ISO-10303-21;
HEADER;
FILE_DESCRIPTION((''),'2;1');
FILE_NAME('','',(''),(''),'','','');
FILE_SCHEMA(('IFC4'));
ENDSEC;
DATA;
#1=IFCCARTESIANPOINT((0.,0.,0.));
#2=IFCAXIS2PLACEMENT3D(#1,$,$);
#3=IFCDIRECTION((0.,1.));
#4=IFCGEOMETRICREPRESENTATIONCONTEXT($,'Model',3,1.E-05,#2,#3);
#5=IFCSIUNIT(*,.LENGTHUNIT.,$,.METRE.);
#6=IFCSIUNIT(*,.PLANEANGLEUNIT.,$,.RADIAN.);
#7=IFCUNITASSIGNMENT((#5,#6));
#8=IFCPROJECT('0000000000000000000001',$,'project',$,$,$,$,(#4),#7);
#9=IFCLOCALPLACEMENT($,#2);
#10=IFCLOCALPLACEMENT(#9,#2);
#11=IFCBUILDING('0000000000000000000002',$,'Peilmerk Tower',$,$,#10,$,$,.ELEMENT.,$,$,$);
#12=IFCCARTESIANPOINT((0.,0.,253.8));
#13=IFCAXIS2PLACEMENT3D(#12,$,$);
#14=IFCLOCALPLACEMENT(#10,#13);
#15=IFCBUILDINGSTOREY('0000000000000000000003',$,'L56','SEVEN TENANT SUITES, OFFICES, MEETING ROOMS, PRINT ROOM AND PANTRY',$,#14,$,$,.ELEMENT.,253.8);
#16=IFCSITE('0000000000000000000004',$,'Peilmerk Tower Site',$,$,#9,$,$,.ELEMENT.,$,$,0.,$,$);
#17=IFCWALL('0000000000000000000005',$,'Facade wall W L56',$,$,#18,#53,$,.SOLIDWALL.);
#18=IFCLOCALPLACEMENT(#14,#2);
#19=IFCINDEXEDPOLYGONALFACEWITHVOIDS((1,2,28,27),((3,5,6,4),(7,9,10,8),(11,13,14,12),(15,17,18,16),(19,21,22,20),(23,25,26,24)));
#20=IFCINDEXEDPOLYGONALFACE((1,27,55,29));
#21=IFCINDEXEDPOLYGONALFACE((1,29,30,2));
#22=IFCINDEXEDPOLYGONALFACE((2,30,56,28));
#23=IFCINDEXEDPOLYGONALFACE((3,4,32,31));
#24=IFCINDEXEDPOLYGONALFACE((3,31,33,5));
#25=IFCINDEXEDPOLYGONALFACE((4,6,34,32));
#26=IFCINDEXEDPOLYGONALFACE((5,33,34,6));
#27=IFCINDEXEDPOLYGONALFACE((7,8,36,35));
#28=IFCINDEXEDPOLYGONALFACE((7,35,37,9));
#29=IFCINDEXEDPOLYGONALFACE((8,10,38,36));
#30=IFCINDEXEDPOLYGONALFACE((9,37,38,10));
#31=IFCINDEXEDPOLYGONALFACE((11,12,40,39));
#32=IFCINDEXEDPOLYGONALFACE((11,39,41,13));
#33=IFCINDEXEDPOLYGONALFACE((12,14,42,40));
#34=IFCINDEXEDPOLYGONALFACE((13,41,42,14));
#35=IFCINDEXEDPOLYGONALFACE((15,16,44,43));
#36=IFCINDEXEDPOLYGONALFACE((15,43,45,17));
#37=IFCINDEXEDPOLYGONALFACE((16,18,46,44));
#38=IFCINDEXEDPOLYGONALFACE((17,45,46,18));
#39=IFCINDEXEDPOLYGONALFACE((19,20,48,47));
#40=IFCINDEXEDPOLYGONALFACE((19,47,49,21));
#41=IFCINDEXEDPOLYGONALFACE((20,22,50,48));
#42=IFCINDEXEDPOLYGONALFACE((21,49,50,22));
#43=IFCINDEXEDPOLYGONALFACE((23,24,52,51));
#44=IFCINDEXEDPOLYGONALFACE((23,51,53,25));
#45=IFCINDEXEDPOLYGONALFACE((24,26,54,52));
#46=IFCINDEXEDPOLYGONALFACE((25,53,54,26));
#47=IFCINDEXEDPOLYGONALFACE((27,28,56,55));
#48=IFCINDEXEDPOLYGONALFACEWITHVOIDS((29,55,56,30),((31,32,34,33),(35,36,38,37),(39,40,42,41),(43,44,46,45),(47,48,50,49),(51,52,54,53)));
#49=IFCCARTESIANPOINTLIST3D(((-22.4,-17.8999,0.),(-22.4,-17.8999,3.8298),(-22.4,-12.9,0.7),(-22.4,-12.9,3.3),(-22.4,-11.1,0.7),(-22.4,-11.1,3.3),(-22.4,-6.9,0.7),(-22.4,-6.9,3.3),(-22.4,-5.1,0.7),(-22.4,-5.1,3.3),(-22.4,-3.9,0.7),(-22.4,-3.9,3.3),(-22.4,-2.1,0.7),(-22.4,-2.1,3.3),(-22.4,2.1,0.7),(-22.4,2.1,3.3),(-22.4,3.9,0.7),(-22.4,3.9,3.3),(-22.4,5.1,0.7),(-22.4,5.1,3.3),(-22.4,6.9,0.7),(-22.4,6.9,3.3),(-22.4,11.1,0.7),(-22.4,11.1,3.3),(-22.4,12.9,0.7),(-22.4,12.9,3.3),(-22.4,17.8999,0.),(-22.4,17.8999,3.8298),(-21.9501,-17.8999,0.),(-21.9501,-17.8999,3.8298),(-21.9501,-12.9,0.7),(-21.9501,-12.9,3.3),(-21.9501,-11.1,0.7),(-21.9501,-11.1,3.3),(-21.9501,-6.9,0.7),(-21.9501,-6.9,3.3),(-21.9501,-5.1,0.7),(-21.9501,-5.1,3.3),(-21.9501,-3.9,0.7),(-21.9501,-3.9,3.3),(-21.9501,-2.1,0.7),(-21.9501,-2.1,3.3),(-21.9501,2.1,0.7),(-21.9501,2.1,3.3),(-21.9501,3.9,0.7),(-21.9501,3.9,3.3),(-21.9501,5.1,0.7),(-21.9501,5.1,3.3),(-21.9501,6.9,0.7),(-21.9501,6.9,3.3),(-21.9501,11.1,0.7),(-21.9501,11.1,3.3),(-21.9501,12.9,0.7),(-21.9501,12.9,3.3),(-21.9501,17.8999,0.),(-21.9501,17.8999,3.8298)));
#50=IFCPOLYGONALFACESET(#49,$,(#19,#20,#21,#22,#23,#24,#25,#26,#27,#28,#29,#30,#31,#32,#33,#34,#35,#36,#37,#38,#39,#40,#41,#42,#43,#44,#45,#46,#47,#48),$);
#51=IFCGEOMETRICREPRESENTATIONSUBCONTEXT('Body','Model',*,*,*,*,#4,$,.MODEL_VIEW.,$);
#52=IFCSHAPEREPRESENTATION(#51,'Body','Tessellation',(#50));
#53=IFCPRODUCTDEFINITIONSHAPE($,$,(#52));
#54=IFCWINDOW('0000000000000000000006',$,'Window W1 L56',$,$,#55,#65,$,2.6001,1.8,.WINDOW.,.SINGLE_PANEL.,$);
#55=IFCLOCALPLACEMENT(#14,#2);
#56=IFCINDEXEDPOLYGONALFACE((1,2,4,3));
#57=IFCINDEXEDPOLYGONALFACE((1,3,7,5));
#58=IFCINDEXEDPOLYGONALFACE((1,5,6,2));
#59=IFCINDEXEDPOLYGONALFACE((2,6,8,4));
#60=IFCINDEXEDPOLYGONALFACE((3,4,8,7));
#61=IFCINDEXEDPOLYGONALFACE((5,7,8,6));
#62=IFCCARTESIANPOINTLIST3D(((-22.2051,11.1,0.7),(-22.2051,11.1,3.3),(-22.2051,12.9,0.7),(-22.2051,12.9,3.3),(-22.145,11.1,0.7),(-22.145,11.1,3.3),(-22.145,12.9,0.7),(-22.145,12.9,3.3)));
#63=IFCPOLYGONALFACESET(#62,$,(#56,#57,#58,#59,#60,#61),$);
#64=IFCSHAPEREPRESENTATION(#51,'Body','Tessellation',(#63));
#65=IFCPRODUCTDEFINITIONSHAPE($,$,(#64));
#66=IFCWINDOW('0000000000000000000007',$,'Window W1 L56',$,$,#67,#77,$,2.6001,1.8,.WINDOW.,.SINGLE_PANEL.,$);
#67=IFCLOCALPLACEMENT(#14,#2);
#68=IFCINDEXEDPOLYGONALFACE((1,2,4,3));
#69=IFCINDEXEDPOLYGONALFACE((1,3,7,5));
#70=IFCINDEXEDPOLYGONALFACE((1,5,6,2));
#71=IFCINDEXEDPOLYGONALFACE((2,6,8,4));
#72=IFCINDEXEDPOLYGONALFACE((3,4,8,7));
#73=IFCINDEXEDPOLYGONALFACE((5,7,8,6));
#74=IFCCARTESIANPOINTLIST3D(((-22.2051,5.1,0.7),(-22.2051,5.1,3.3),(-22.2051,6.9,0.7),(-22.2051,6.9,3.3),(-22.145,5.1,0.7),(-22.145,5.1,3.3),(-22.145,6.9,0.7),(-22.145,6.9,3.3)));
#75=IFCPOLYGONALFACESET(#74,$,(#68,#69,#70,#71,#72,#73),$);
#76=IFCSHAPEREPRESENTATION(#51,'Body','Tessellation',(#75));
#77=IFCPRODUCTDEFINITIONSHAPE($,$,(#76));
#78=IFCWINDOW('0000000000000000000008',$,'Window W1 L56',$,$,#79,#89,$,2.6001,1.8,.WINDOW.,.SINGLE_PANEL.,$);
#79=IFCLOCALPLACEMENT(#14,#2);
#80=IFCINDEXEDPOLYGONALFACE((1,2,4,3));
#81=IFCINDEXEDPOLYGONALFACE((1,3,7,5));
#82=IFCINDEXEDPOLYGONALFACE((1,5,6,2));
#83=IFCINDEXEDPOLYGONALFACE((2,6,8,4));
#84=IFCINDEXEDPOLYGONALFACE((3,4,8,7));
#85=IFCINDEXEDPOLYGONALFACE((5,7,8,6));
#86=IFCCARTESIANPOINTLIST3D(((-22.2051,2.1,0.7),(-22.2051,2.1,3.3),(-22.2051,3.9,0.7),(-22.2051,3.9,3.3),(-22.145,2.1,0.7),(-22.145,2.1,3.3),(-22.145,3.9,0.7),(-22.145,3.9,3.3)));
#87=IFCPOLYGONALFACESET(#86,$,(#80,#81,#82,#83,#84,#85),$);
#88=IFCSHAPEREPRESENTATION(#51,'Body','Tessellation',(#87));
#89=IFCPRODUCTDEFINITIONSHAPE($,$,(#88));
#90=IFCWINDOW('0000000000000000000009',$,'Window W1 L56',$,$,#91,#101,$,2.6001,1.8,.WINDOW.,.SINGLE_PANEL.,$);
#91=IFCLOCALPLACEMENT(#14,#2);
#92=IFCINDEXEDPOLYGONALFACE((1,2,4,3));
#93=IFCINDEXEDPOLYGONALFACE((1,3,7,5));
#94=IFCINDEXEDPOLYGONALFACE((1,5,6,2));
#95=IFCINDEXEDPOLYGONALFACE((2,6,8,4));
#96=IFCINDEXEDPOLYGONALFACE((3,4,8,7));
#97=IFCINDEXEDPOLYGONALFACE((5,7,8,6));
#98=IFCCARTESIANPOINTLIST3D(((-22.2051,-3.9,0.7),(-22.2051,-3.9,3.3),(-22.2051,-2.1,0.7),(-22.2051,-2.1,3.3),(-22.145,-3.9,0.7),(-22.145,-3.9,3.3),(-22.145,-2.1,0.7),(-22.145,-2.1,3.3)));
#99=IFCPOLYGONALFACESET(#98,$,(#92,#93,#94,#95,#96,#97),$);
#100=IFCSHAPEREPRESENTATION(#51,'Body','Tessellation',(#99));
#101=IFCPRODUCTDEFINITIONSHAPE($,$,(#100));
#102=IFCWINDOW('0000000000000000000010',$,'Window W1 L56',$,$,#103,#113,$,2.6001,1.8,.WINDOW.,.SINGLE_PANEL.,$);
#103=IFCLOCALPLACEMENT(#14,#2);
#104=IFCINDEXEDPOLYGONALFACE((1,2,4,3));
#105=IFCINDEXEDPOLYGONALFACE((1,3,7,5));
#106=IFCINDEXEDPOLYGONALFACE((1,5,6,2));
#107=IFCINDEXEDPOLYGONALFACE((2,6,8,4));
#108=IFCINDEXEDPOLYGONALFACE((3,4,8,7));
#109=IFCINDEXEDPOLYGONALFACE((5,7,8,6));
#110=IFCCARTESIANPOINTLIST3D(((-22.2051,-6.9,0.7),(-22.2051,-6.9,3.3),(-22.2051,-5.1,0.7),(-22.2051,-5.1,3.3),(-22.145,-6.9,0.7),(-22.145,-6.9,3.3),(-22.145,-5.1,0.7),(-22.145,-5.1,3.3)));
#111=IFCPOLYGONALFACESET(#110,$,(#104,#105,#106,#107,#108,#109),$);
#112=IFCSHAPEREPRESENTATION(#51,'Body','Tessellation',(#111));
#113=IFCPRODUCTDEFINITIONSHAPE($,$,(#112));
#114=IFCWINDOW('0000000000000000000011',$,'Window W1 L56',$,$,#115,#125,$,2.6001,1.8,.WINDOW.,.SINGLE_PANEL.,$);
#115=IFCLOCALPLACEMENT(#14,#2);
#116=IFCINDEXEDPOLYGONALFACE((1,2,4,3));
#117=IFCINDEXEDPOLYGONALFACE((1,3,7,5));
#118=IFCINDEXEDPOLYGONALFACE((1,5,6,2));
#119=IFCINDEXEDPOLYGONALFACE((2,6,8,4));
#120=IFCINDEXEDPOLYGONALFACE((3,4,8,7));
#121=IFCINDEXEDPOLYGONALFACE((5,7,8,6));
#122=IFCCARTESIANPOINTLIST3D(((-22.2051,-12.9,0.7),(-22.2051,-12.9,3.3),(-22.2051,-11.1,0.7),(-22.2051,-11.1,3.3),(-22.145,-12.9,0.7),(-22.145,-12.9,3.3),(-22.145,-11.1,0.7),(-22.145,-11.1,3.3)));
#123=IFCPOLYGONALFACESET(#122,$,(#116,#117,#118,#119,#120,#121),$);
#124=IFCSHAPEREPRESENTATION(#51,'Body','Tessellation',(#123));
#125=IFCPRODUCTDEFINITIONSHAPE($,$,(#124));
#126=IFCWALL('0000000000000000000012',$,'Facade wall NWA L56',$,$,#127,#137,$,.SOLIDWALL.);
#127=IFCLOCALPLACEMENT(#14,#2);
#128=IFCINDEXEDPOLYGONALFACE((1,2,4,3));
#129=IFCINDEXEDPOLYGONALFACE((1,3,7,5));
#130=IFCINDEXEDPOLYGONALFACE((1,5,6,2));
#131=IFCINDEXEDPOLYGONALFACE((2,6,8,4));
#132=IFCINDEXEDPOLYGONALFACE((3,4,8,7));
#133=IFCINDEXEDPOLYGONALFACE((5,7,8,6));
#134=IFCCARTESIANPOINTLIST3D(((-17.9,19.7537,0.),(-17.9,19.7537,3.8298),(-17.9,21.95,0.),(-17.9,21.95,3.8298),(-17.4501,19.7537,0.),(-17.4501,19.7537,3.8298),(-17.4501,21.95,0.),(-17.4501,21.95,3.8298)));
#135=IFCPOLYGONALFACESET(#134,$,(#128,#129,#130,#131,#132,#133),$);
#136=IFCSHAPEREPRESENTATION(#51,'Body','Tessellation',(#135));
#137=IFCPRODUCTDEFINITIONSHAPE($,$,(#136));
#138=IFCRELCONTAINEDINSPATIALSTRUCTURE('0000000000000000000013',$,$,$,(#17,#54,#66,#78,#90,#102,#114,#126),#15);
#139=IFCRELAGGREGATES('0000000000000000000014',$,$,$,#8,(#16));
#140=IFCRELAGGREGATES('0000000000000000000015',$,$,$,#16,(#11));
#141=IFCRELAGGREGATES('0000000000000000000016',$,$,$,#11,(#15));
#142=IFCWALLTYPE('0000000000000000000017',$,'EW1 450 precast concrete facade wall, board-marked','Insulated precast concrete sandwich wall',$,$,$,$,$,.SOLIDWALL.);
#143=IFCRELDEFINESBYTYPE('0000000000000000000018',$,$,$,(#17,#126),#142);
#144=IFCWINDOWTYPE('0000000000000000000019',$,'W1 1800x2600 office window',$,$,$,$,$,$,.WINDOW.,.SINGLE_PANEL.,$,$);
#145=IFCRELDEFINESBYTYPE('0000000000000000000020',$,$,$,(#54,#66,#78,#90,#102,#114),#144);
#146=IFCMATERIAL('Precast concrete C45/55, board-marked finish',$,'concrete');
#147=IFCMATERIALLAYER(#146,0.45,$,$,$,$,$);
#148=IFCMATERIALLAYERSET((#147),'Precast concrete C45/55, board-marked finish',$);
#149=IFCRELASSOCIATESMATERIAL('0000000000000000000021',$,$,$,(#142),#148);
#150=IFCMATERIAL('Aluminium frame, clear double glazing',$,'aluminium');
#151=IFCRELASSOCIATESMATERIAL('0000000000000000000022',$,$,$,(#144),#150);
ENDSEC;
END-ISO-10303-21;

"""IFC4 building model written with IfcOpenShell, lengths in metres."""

from ifc_helpers import new_model, si_unit, direction, frame, frame_2d, origin, place, context, subcontext, project, spatial, rectangle, extrude, material, layer, layer_set, type_object, element, fill, save


model = new_model("IFC4")

# Units and contexts
model_context = context("Model", 3, precision=1e-05, world=origin(), true_north=direction((0.0, 1.0)))
body_context = subcontext(model_context, "Body", "Model", "MODEL_VIEW")
ifc_project = project(units=[si_unit("LENGTHUNIT", "METRE"), si_unit("PLANEANGLEUNIT", "RADIAN")], contexts=[model_context])

# Site, building, storey
site_placement = place(None, origin())
site = spatial("IfcSite", under=ifc_project, at=site_placement, Name="Peilmerk Tower Site", CompositionType="ELEMENT", RefElevation=0.0)
building_placement = place(site_placement, origin())
building = spatial("IfcBuilding", under=site, at=building_placement, Name="Peilmerk Tower", CompositionType="ELEMENT")
storey_placement = place(building_placement, frame((0.0, 0.0, 253.8)))
storey = spatial("IfcBuildingStorey", under=building, at=storey_placement, Name="L56", Description="SEVEN TENANT SUITES, OFFICES, MEETING ROOMS, PRINT ROOM AND PANTRY", CompositionType="ELEMENT", Elevation=253.8)

# Wall, openings, windows
ifc_material_1 = material(Name="Precast concrete C45/55, board-marked finish", Category="concrete")
ifc_layer_1 = layer(ifc_material_1, 0.45)
ifc_layer_set_1 = layer_set([ifc_layer_1], Name="Precast concrete C45/55, board-marked finish")
wall_type = type_object("IfcWallType", Name="EW1 450 precast concrete facade wall, board-marked", Description="Insulated precast concrete sandwich wall", PredefinedType="SOLIDWALL", material=ifc_layer_set_1)
wall_1_placement = place(storey_placement, frame((-22.175, 17.8999, 0.0), z_axis=(0.0, 0.0, 1.0), x_axis=(0.0, -1.0, 0.0)))
wall_1 = element("IfcWall", 1, at=wall_1_placement, inside=storey, type_object=wall_type, Name="Facade wall W L56", PredefinedType="SOLIDWALL", context=body_context, shape_type="SweptSolid", body=[
    extrude(rectangle(XDim=35.7998, YDim=0.45, at=frame_2d((17.8999, 0.0))), origin(), (0.0, 0.0, 1.0), 3.8298),
])
opening_1_placement = place(wall_1_placement, frame((5.0, 0.0, 0.7)))
opening_1 = element("IfcOpeningElement", 2, at=opening_1_placement, cuts=wall_1, PredefinedType="OPENING", context=body_context, shape_type="SweptSolid", body=[
    extrude(rectangle(XDim=1.8, YDim=2.6001, at=frame_2d((0.8999, 1.3))), frame((0.0, 0.2349, 0.0), z_axis=(0.0, -1.0, 0.0), x_axis=(1.0, 0.0, 0.0)), (0.0, 0.0, 1.0), 0.47),
])
opening_2_placement = place(wall_1_placement, frame((11.0, 0.0, 0.7)))
opening_2 = element("IfcOpeningElement", 3, at=opening_2_placement, cuts=wall_1, PredefinedType="OPENING", context=body_context, shape_type="SweptSolid", body=[
    extrude(rectangle(XDim=1.8, YDim=2.6001, at=frame_2d((0.8999, 1.3))), frame((0.0, 0.2349, 0.0), z_axis=(0.0, -1.0, 0.0), x_axis=(1.0, 0.0, 0.0)), (0.0, 0.0, 1.0), 0.47),
])
opening_3_placement = place(wall_1_placement, frame((14.0, 0.0, 0.7)))
opening_3 = element("IfcOpeningElement", 4, at=opening_3_placement, cuts=wall_1, PredefinedType="OPENING", context=body_context, shape_type="SweptSolid", body=[
    extrude(rectangle(XDim=1.8, YDim=2.6001, at=frame_2d((0.8999, 1.3))), frame((0.0, 0.2349, 0.0), z_axis=(0.0, -1.0, 0.0), x_axis=(1.0, 0.0, 0.0)), (0.0, 0.0, 1.0), 0.47),
])
opening_4_placement = place(wall_1_placement, frame((20.0, 0.0, 0.7)))
opening_4 = element("IfcOpeningElement", 5, at=opening_4_placement, cuts=wall_1, PredefinedType="OPENING", context=body_context, shape_type="SweptSolid", body=[
    extrude(rectangle(XDim=1.8, YDim=2.6001, at=frame_2d((0.8999, 1.3))), frame((0.0, 0.2349, 0.0), z_axis=(0.0, -1.0, 0.0), x_axis=(1.0, 0.0, 0.0)), (0.0, 0.0, 1.0), 0.47),
])
opening_5_placement = place(wall_1_placement, frame((23.0, 0.0, 0.7)))
opening_5 = element("IfcOpeningElement", 6, at=opening_5_placement, cuts=wall_1, PredefinedType="OPENING", context=body_context, shape_type="SweptSolid", body=[
    extrude(rectangle(XDim=1.8, YDim=2.6001, at=frame_2d((0.8999, 1.3))), frame((0.0, 0.2349, 0.0), z_axis=(0.0, -1.0, 0.0), x_axis=(1.0, 0.0, 0.0)), (0.0, 0.0, 1.0), 0.47),
])
opening_6_placement = place(wall_1_placement, frame((29.0, 0.0, 0.7)))
opening_6 = element("IfcOpeningElement", 7, at=opening_6_placement, cuts=wall_1, PredefinedType="OPENING", context=body_context, shape_type="SweptSolid", body=[
    extrude(rectangle(XDim=1.8, YDim=2.6001, at=frame_2d((0.8999, 1.3))), frame((0.0, 0.2349, 0.0), z_axis=(0.0, -1.0, 0.0), x_axis=(1.0, 0.0, 0.0)), (0.0, 0.0, 1.0), 0.47),
])
ifc_material_2 = material(Name="Aluminium frame, clear double glazing", Category="aluminium")
window_type = type_object("IfcWindowType", Name="W1 1800x2600 office window", PartitioningType="SINGLE_PANEL", PredefinedType="WINDOW", material=ifc_material_2)
window_1_placement = place(opening_1_placement, origin())
window_1 = element("IfcWindow", 8, at=window_1_placement, inside=storey, type_object=window_type, Name="Window W1 L56", OverallHeight=2.6001, OverallWidth=1.8, PartitioningType="SINGLE_PANEL", PredefinedType="WINDOW", context=body_context, shape_type="SweptSolid", body=[
    extrude(rectangle(XDim=1.8, YDim=2.6001, at=frame_2d((0.8999, 1.3))), frame((0.0, 0.03, 0.0), z_axis=(0.0, -1.0, 0.0), x_axis=(1.0, 0.0, 0.0)), (0.0, 0.0, 1.0), 0.0601),
])
fill(opening_1, window_1)
window_2_placement = place(opening_2_placement, origin())
window_2 = element("IfcWindow", 9, at=window_2_placement, inside=storey, type_object=window_type, Name="Window W1 L56", OverallHeight=2.6001, OverallWidth=1.8, PartitioningType="SINGLE_PANEL", PredefinedType="WINDOW", context=body_context, shape_type="SweptSolid", body=[
    extrude(rectangle(XDim=1.8, YDim=2.6001, at=frame_2d((0.8999, 1.3))), frame((0.0, 0.03, 0.0), z_axis=(0.0, -1.0, 0.0), x_axis=(1.0, 0.0, 0.0)), (0.0, 0.0, 1.0), 0.0601),
])
fill(opening_2, window_2)
window_3_placement = place(opening_3_placement, origin())
window_3 = element("IfcWindow", 10, at=window_3_placement, inside=storey, type_object=window_type, Name="Window W1 L56", OverallHeight=2.6001, OverallWidth=1.8, PartitioningType="SINGLE_PANEL", PredefinedType="WINDOW", context=body_context, shape_type="SweptSolid", body=[
    extrude(rectangle(XDim=1.8, YDim=2.6001, at=frame_2d((0.8999, 1.3))), frame((0.0, 0.03, 0.0), z_axis=(0.0, -1.0, 0.0), x_axis=(1.0, 0.0, 0.0)), (0.0, 0.0, 1.0), 0.0601),
])
fill(opening_3, window_3)
window_4_placement = place(opening_4_placement, origin())
window_4 = element("IfcWindow", 11, at=window_4_placement, inside=storey, type_object=window_type, Name="Window W1 L56", OverallHeight=2.6001, OverallWidth=1.8, PartitioningType="SINGLE_PANEL", PredefinedType="WINDOW", context=body_context, shape_type="SweptSolid", body=[
    extrude(rectangle(XDim=1.8, YDim=2.6001, at=frame_2d((0.8999, 1.3))), frame((0.0, 0.03, 0.0), z_axis=(0.0, -1.0, 0.0), x_axis=(1.0, 0.0, 0.0)), (0.0, 0.0, 1.0), 0.0601),
])
fill(opening_4, window_4)
window_5_placement = place(opening_5_placement, origin())
window_5 = element("IfcWindow", 12, at=window_5_placement, inside=storey, type_object=window_type, Name="Window W1 L56", OverallHeight=2.6001, OverallWidth=1.8, PartitioningType="SINGLE_PANEL", PredefinedType="WINDOW", context=body_context, shape_type="SweptSolid", body=[
    extrude(rectangle(XDim=1.8, YDim=2.6001, at=frame_2d((0.8999, 1.3))), frame((0.0, 0.03, 0.0), z_axis=(0.0, -1.0, 0.0), x_axis=(1.0, 0.0, 0.0)), (0.0, 0.0, 1.0), 0.0601),
])
fill(opening_5, window_5)
window_6_placement = place(opening_6_placement, origin())
window_6 = element("IfcWindow", 13, at=window_6_placement, inside=storey, type_object=window_type, Name="Window W1 L56", OverallHeight=2.6001, OverallWidth=1.8, PartitioningType="SINGLE_PANEL", PredefinedType="WINDOW", context=body_context, shape_type="SweptSolid", body=[
    extrude(rectangle(XDim=1.8, YDim=2.6001, at=frame_2d((0.8999, 1.3))), frame((0.0, 0.03, 0.0), z_axis=(0.0, -1.0, 0.0), x_axis=(1.0, 0.0, 0.0)), (0.0, 0.0, 1.0), 0.0601),
])
fill(opening_6, window_6)

# Wall
wall_2_placement = place(storey_placement, frame((-17.675, 19.7537, 0.0), z_axis=(0.0, 0.0, 1.0), x_axis=(0.0, 1.0, 0.0)))
element("IfcWall", 14, at=wall_2_placement, inside=storey, type_object=wall_type, Name="Facade wall NWA L56", PredefinedType="SOLIDWALL", context=body_context, shape_type="SweptSolid", body=[
    extrude(rectangle(XDim=2.1963, YDim=0.45, at=frame_2d((1.0981, 0.0))), origin(), (0.0, 0.0, 1.0), 3.8298),
])

save(model, "model.ifc")
